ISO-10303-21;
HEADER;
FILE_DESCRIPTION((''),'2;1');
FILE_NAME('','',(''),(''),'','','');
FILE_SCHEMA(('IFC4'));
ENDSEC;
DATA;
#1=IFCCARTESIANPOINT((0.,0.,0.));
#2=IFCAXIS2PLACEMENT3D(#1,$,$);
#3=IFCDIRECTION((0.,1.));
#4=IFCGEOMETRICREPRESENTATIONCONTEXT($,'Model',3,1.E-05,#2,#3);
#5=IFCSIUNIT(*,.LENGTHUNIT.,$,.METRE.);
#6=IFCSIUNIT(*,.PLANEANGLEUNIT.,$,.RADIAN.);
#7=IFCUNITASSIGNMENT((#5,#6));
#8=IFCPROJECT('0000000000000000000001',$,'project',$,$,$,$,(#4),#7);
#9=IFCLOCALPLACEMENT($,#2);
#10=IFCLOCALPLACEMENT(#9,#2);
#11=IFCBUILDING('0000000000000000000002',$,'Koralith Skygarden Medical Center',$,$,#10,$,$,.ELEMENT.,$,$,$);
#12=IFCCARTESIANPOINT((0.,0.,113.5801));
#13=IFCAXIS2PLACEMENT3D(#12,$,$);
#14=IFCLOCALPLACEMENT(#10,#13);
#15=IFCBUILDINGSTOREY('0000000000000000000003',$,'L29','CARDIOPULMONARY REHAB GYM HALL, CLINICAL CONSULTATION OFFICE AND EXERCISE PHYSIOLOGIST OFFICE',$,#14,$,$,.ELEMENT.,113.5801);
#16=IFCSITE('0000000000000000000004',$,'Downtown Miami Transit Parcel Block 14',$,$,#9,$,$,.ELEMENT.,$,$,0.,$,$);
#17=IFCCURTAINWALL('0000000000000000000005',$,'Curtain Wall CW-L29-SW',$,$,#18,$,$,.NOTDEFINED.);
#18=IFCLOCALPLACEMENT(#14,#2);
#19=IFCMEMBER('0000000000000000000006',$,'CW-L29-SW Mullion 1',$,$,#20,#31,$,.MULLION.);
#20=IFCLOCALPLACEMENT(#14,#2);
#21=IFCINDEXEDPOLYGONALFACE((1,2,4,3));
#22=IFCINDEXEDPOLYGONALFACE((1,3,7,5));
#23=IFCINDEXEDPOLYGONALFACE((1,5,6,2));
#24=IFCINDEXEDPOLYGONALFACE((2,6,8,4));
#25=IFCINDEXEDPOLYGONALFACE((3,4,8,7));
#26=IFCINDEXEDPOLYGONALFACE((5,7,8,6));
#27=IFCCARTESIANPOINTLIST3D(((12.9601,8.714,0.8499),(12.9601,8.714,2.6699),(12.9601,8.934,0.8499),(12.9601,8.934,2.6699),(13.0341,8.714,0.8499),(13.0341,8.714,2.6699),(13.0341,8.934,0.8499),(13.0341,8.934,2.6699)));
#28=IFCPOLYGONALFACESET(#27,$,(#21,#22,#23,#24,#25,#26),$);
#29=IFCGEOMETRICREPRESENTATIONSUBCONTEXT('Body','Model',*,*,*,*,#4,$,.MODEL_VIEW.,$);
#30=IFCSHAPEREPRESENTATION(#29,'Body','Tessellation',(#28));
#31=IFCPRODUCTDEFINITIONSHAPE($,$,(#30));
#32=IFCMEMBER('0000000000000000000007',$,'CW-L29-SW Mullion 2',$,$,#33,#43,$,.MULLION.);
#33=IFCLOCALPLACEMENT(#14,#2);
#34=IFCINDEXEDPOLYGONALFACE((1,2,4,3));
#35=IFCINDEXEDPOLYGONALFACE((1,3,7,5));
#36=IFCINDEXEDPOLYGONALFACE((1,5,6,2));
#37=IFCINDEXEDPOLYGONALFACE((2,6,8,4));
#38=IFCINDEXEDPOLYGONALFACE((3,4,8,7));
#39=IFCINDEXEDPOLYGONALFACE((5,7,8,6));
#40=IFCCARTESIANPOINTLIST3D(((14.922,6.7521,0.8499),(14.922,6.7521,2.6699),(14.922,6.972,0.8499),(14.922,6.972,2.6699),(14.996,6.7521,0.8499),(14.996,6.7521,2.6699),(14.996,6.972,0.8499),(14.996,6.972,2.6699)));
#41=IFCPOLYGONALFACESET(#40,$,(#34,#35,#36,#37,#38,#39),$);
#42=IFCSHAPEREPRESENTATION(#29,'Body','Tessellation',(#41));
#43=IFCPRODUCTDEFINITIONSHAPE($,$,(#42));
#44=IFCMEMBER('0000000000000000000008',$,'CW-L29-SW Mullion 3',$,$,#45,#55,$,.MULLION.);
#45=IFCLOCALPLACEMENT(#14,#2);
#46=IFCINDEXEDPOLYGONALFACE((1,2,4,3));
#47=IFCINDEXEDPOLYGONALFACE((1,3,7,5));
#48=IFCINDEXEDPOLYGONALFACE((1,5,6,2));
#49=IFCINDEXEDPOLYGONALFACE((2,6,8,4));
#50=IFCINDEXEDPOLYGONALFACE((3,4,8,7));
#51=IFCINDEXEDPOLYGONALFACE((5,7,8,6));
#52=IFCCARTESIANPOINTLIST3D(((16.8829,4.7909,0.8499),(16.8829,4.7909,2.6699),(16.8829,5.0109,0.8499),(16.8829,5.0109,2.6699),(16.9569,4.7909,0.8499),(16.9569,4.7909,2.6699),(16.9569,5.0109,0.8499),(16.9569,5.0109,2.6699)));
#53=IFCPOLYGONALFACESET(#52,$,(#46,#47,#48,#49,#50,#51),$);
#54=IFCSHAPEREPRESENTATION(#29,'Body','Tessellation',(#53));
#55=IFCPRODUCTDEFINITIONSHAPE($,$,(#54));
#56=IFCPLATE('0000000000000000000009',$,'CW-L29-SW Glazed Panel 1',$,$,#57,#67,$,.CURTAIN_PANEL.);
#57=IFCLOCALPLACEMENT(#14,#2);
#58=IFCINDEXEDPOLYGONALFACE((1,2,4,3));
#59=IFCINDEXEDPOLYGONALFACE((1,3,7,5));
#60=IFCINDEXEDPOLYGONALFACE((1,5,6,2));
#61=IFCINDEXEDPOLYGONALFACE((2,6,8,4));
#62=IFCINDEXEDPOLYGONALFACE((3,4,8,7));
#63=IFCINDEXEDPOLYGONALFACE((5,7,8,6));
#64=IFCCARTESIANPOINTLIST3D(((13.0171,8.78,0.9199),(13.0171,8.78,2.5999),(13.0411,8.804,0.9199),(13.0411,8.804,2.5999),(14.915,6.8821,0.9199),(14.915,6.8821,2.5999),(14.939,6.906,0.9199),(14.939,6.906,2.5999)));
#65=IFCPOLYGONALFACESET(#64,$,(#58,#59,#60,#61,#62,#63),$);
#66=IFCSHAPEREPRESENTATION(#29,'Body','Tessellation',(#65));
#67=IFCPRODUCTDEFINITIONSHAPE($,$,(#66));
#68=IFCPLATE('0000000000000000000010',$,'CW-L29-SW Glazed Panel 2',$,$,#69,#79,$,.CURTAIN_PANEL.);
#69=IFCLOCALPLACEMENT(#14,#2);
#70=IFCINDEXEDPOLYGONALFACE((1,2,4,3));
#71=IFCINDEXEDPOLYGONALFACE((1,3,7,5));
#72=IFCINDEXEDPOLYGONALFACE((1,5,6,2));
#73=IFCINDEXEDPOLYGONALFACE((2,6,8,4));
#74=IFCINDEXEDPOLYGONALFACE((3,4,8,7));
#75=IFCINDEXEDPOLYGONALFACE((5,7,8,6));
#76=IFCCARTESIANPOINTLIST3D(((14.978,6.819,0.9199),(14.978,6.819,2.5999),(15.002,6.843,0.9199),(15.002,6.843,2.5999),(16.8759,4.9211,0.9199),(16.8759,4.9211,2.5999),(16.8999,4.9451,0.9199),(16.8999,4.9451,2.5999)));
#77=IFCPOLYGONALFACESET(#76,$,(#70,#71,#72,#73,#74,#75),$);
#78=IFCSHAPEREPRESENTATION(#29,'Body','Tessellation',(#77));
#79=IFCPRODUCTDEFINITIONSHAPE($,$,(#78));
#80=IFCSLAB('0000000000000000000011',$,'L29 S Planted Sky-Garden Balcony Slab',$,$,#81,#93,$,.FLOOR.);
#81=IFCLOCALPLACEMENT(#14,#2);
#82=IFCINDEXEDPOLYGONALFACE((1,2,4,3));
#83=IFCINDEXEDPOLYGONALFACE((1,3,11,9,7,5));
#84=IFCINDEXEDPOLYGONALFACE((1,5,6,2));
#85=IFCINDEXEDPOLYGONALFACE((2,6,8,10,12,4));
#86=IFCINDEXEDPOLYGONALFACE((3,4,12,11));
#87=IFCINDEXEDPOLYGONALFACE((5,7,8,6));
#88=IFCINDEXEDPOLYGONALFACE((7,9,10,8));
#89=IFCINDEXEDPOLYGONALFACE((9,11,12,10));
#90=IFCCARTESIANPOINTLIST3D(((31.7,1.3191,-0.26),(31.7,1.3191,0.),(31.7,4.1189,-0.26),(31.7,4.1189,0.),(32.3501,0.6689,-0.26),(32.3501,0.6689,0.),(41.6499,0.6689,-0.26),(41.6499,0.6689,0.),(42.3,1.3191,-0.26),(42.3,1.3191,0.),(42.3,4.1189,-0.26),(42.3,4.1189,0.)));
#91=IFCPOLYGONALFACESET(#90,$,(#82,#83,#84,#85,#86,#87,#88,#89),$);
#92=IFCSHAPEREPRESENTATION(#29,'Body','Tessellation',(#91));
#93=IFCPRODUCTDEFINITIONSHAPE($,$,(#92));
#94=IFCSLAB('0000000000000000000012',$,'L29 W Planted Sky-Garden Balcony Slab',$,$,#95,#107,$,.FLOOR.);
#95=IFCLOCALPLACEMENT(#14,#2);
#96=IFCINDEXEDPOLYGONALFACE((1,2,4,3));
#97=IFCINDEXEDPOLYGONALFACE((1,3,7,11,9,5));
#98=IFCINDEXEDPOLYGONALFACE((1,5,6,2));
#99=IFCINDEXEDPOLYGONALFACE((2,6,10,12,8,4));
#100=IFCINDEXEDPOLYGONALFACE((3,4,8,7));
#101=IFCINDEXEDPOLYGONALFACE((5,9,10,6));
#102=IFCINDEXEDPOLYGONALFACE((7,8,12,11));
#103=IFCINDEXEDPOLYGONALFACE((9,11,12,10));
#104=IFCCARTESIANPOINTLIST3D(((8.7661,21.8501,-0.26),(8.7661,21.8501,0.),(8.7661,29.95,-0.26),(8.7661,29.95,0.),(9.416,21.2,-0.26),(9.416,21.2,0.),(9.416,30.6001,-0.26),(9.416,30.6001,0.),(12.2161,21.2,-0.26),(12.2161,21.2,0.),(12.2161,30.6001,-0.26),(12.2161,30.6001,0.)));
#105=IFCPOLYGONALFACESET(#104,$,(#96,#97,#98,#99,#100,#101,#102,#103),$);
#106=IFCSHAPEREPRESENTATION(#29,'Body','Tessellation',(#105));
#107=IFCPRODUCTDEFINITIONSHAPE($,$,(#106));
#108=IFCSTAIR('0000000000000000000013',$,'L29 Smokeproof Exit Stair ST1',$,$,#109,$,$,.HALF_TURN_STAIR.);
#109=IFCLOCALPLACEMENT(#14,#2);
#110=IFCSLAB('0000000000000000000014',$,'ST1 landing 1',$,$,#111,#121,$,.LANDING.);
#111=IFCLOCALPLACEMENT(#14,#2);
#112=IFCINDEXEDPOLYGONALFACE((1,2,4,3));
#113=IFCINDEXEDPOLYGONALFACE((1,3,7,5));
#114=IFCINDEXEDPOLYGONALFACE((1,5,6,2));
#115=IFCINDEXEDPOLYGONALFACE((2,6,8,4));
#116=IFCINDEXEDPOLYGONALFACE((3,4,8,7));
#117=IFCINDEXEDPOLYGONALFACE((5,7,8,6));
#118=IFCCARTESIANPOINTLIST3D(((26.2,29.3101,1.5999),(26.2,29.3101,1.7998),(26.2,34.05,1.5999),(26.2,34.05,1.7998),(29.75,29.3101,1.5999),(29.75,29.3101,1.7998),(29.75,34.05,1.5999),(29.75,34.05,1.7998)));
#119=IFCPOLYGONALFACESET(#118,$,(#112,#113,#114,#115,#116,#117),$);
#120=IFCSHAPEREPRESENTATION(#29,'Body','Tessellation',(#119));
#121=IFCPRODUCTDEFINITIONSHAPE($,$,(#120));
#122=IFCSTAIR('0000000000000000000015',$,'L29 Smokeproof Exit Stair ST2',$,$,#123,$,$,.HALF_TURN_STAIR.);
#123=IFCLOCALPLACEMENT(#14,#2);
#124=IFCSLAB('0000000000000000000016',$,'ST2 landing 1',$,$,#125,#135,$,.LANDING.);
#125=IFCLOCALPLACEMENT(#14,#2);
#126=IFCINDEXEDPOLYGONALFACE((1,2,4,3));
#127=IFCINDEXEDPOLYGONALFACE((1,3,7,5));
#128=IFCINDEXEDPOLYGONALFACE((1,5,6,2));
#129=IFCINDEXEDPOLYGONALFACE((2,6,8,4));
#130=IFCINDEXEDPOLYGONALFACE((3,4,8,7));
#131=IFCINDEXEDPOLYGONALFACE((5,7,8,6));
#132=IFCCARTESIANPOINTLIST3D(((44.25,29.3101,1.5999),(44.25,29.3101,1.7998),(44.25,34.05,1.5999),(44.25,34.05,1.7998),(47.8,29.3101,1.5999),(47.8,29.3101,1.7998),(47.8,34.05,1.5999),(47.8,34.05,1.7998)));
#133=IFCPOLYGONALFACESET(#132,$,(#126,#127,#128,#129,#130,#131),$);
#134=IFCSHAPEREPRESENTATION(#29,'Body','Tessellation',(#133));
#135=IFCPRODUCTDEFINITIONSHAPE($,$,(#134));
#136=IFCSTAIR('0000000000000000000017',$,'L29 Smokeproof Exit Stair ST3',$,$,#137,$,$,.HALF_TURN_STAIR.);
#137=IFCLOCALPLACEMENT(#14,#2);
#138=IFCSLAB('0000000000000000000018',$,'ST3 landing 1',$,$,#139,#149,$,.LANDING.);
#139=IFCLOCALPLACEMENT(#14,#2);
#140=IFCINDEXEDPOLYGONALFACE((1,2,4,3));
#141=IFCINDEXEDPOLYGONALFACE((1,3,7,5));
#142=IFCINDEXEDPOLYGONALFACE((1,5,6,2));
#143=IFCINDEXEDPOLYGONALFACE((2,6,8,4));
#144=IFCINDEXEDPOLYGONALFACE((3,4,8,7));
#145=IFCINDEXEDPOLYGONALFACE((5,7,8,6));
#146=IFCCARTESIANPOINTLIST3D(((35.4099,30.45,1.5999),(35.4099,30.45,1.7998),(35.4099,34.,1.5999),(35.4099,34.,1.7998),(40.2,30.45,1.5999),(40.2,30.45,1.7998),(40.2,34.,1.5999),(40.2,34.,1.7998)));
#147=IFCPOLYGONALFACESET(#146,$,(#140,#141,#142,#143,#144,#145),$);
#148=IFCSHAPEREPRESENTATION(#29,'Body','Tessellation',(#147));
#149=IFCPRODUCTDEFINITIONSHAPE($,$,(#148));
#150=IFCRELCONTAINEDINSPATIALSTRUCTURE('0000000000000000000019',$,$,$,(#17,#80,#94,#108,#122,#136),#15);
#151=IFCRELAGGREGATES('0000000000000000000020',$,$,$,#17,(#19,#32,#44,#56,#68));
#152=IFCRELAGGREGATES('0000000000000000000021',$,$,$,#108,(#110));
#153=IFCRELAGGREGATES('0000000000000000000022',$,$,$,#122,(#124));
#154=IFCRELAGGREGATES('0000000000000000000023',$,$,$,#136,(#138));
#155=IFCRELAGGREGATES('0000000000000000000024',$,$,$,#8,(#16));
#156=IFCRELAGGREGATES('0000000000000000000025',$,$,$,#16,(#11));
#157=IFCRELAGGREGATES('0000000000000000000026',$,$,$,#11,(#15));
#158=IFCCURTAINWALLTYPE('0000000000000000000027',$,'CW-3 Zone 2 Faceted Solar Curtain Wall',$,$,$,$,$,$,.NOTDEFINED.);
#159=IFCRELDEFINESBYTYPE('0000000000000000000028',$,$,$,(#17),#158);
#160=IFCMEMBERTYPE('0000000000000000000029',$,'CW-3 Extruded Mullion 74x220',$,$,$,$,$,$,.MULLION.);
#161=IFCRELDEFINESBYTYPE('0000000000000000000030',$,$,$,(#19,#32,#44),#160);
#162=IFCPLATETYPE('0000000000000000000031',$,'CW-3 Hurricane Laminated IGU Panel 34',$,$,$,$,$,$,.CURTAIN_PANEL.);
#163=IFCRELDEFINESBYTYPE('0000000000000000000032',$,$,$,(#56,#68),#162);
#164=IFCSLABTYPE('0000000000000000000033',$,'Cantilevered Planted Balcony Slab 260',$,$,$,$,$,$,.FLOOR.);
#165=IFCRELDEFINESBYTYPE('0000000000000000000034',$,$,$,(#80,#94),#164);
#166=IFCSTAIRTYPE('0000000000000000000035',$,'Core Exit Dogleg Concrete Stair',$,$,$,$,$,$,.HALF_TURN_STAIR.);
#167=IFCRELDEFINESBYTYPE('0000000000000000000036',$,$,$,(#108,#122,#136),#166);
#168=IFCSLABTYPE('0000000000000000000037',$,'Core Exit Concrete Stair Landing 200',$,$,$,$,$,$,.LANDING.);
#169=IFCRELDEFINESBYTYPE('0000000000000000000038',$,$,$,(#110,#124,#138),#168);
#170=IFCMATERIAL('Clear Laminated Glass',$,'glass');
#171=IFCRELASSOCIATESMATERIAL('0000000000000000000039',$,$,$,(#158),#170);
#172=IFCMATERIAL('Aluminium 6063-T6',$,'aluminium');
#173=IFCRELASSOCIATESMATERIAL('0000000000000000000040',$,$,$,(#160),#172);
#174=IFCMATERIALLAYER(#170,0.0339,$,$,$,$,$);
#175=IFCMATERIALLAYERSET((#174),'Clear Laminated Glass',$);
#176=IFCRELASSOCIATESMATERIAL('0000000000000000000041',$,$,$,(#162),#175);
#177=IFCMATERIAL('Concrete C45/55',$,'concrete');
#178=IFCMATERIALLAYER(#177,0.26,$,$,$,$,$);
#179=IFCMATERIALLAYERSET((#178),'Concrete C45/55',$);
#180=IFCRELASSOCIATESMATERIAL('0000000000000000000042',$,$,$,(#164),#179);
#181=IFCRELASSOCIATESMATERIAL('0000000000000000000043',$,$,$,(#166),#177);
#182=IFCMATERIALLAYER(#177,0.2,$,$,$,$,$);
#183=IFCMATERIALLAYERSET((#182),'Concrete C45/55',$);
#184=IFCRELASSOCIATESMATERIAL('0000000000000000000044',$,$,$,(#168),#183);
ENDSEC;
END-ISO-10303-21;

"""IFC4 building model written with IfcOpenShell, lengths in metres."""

from ifc_helpers import new_model, si_unit, direction, frame, origin, origin_2d, place, context, subcontext, project, spatial, polyline, rectangle, outline, extrude, material, layer, layer_set, material_profile, profile_set, type_object, element, aggregate, save


model = new_model("IFC4")

# Units and contexts
model_context = context("Model", 3, precision=1e-05, world=origin(), true_north=direction((0.0, 1.0)))
body_context = subcontext(model_context, "Body", "Model", "MODEL_VIEW")
ifc_project = project(units=[si_unit("LENGTHUNIT", "METRE"), si_unit("PLANEANGLEUNIT", "RADIAN")], contexts=[model_context])

# Site, building, storey
site_placement = place(None, origin())
site = spatial("IfcSite", under=ifc_project, at=site_placement, Name="Downtown Miami Transit Parcel Block 14", CompositionType="ELEMENT", RefElevation=0.0)
building_placement = place(site_placement, origin())
building = spatial("IfcBuilding", under=site, at=building_placement, Name="Koralith Skygarden Medical Center", CompositionType="ELEMENT")
storey_placement = place(building_placement, frame((0.0, 0.0, 113.5801)))
storey = spatial("IfcBuildingStorey", under=building, at=storey_placement, Name="L29", Description="CARDIOPULMONARY REHAB GYM HALL, CLINICAL CONSULTATION OFFICE AND EXERCISE PHYSIOLOGIST OFFICE", CompositionType="ELEMENT", Elevation=113.5801)

# Curtain wall, members, plates
ifc_material_1 = material(Name="Clear Laminated Glass", Category="glass")
curtain_wall_type = type_object("IfcCurtainWallType", Name="CW-3 Zone 2 Faceted Solar Curtain Wall", PredefinedType="NOTDEFINED", material=ifc_material_1)
curtain_wall_placement = place(storey_placement, origin())
curtain_wall = element("IfcCurtainWall", 1, at=curtain_wall_placement, inside=storey, type_object=curtain_wall_type, Name="Curtain Wall CW-L29-SW", PredefinedType="NOTDEFINED")
ifc_material_2 = material(Name="Aluminium 6063-T6", Category="aluminium")
ifc_material_profile = material_profile(ifc_material_2, rectangle(XDim=0.074, YDim=0.22, at=origin_2d()), Name="MUL74X220")
ifc_profile_set = profile_set([ifc_material_profile], Name="Aluminium 6063-T6")
member_type = type_object("IfcMemberType", Name="CW-3 Extruded Mullion 74x220", PredefinedType="MULLION", material=ifc_profile_set)
member_1_placement = place(storey_placement, frame((12.9971, 8.824, 0.8499), z_axis=(0.0, 0.0, 1.0), x_axis=(1.0, 0.0, 0.0)))
member_1 = element("IfcMember", 2, at=member_1_placement, type_object=member_type, Name="CW-L29-SW Mullion 1", PredefinedType="MULLION", context=body_context, shape_type="SweptSolid", body=[
    extrude(rectangle(XDim=0.074, YDim=0.22, at=origin_2d()), origin(), (0.0, 0.0, 1.0), 1.8201),
])
member_2_placement = place(storey_placement, frame((14.959, 6.8621, 0.8499), z_axis=(0.0, 0.0, 1.0), x_axis=(1.0, 0.0, 0.0)))
member_2 = element("IfcMember", 3, at=member_2_placement, type_object=member_type, Name="CW-L29-SW Mullion 2", PredefinedType="MULLION", context=body_context, shape_type="SweptSolid", body=[
    extrude(rectangle(XDim=0.074, YDim=0.22, at=origin_2d()), origin(), (0.0, 0.0, 1.0), 1.8201),
])
member_3_placement = place(storey_placement, frame((16.9199, 4.9009, 0.8499), z_axis=(0.0, 0.0, 1.0), x_axis=(1.0, 0.0, 0.0)))
member_3 = element("IfcMember", 4, at=member_3_placement, type_object=member_type, Name="CW-L29-SW Mullion 3", PredefinedType="MULLION", context=body_context, shape_type="SweptSolid", body=[
    extrude(rectangle(XDim=0.074, YDim=0.22, at=origin_2d()), origin(), (0.0, 0.0, 1.0), 1.8201),
])
ifc_layer_1 = layer(ifc_material_1, 0.0339)
ifc_layer_set_1 = layer_set([ifc_layer_1], Name="Clear Laminated Glass")
plate_type_1 = type_object("IfcPlateType", Name="CW-3 Hurricane Laminated IGU Panel 34", PredefinedType="CURTAIN_PANEL", material=ifc_layer_set_1)
plate_1_placement = place(storey_placement, frame((13.978, 7.843, 0.9199), z_axis=(0.0, 0.0, 1.0), x_axis=(0.707107, -0.707107, 0.0)))
plate_1 = element("IfcPlate", 5, at=plate_1_placement, type_object=plate_type_1, Name="CW-L29-SW Glazed Panel 1", PredefinedType="CURTAIN_PANEL", context=body_context, shape_type="SweptSolid", body=[
    extrude(rectangle(XDim=2.6841, YDim=0.0339, at=origin_2d()), origin(), (0.0, 0.0, 1.0), 1.6799),
])
plate_2_placement = place(storey_placement, frame((15.939, 5.8821, 0.9199), z_axis=(0.0, 0.0, 1.0), x_axis=(0.707107, -0.707107, 0.0)))
plate_2 = element("IfcPlate", 6, at=plate_2_placement, type_object=plate_type_1, Name="CW-L29-SW Glazed Panel 2", PredefinedType="CURTAIN_PANEL", context=body_context, shape_type="SweptSolid", body=[
    extrude(rectangle(XDim=2.6841, YDim=0.0339, at=origin_2d()), origin(), (0.0, 0.0, 1.0), 1.6799),
])
aggregate(curtain_wall, [member_1, member_2, member_3, plate_1, plate_2])

# Slabs
ifc_material_3 = material(Name="Concrete C45/55", Category="concrete")
ifc_layer_2 = layer(ifc_material_3, 0.26)
ifc_layer_set_2 = layer_set([ifc_layer_2], Name="Concrete C45/55")
slab_type_1 = type_object("IfcSlabType", Name="Cantilevered Planted Balcony Slab 260", PredefinedType="FLOOR", material=ifc_layer_set_2)
slab_1_placement = place(storey_placement, frame((0.0, 0.0, -0.26)))
element("IfcSlab", 7, at=slab_1_placement, inside=storey, type_object=slab_type_1, Name="L29 S Planted Sky-Garden Balcony Slab", PredefinedType="FLOOR", context=body_context, shape_type="SweptSolid", body=[
    extrude(outline(polyline([(32.3501, 0.6689), (41.6499, 0.6689), (42.3, 1.3191), (42.3, 4.1189), (31.7, 4.1189), (31.7, 1.3191), (32.3501, 0.6689)])), origin(), (0.0, 0.0, 1.0), 0.26),
])
slab_2_placement = place(storey_placement, frame((0.0, 0.0, -0.26)))
element("IfcSlab", 8, at=slab_2_placement, inside=storey, type_object=slab_type_1, Name="L29 W Planted Sky-Garden Balcony Slab", PredefinedType="FLOOR", context=body_context, shape_type="SweptSolid", body=[
    extrude(outline(polyline([(9.416, 21.2), (12.2161, 21.2), (12.2161, 30.6001), (9.416, 30.6001), (8.7661, 29.95), (8.7661, 21.8501), (9.416, 21.2)])), origin(), (0.0, 0.0, 1.0), 0.26),
])

# Stairs, slabs
stair_type = type_object("IfcStairType", Name="Core Exit Dogleg Concrete Stair", PredefinedType="HALF_TURN_STAIR", material=ifc_material_3)
stair_1_placement = place(storey_placement, origin())
stair_1 = element("IfcStair", 9, at=stair_1_placement, inside=storey, type_object=stair_type, Name="L29 Smokeproof Exit Stair ST1", PredefinedType="HALF_TURN_STAIR")
ifc_layer_3 = layer(ifc_material_3, 0.2)
ifc_layer_set_3 = layer_set([ifc_layer_3], Name="Concrete C45/55")
slab_type_2 = type_object("IfcSlabType", Name="Core Exit Concrete Stair Landing 200", PredefinedType="LANDING", material=ifc_layer_set_3)
slab_3_placement = place(storey_placement, frame((0.0, 0.0, 1.5999)))
slab_3 = element("IfcSlab", 10, at=slab_3_placement, type_object=slab_type_2, Name="ST1 landing 1", PredefinedType="LANDING", context=body_context, shape_type="SweptSolid", body=[
    extrude(outline(polyline([(29.75, 29.3101), (29.75, 34.05), (26.2, 34.05), (26.2, 29.3101), (29.75, 29.3101)])), origin(), (0.0, 0.0, 1.0), 0.2),
])
aggregate(stair_1, [slab_3])
stair_2_placement = place(storey_placement, origin())
stair_2 = element("IfcStair", 11, at=stair_2_placement, inside=storey, type_object=stair_type, Name="L29 Smokeproof Exit Stair ST2", PredefinedType="HALF_TURN_STAIR")
slab_4_placement = place(storey_placement, frame((0.0, 0.0, 1.5999)))
slab_4 = element("IfcSlab", 12, at=slab_4_placement, type_object=slab_type_2, Name="ST2 landing 1", PredefinedType="LANDING", context=body_context, shape_type="SweptSolid", body=[
    extrude(outline(polyline([(47.8, 29.3101), (47.8, 34.05), (44.25, 34.05), (44.25, 29.3101), (47.8, 29.3101)])), origin(), (0.0, 0.0, 1.0), 0.2),
])
aggregate(stair_2, [slab_4])
stair_3_placement = place(storey_placement, origin())
stair_3 = element("IfcStair", 13, at=stair_3_placement, inside=storey, type_object=stair_type, Name="L29 Smokeproof Exit Stair ST3", PredefinedType="HALF_TURN_STAIR")
slab_5_placement = place(storey_placement, frame((0.0, 0.0, 1.5999)))
slab_5 = element("IfcSlab", 14, at=slab_5_placement, type_object=slab_type_2, Name="ST3 landing 1", PredefinedType="LANDING", context=body_context, shape_type="SweptSolid", body=[
    extrude(outline(polyline([(35.4099, 30.45), (40.2, 30.45), (40.2, 34.0), (35.4099, 34.0), (35.4099, 30.45)])), origin(), (0.0, 0.0, 1.0), 0.2),
])
aggregate(stair_3, [slab_5])

save(model, "model.ifc")
